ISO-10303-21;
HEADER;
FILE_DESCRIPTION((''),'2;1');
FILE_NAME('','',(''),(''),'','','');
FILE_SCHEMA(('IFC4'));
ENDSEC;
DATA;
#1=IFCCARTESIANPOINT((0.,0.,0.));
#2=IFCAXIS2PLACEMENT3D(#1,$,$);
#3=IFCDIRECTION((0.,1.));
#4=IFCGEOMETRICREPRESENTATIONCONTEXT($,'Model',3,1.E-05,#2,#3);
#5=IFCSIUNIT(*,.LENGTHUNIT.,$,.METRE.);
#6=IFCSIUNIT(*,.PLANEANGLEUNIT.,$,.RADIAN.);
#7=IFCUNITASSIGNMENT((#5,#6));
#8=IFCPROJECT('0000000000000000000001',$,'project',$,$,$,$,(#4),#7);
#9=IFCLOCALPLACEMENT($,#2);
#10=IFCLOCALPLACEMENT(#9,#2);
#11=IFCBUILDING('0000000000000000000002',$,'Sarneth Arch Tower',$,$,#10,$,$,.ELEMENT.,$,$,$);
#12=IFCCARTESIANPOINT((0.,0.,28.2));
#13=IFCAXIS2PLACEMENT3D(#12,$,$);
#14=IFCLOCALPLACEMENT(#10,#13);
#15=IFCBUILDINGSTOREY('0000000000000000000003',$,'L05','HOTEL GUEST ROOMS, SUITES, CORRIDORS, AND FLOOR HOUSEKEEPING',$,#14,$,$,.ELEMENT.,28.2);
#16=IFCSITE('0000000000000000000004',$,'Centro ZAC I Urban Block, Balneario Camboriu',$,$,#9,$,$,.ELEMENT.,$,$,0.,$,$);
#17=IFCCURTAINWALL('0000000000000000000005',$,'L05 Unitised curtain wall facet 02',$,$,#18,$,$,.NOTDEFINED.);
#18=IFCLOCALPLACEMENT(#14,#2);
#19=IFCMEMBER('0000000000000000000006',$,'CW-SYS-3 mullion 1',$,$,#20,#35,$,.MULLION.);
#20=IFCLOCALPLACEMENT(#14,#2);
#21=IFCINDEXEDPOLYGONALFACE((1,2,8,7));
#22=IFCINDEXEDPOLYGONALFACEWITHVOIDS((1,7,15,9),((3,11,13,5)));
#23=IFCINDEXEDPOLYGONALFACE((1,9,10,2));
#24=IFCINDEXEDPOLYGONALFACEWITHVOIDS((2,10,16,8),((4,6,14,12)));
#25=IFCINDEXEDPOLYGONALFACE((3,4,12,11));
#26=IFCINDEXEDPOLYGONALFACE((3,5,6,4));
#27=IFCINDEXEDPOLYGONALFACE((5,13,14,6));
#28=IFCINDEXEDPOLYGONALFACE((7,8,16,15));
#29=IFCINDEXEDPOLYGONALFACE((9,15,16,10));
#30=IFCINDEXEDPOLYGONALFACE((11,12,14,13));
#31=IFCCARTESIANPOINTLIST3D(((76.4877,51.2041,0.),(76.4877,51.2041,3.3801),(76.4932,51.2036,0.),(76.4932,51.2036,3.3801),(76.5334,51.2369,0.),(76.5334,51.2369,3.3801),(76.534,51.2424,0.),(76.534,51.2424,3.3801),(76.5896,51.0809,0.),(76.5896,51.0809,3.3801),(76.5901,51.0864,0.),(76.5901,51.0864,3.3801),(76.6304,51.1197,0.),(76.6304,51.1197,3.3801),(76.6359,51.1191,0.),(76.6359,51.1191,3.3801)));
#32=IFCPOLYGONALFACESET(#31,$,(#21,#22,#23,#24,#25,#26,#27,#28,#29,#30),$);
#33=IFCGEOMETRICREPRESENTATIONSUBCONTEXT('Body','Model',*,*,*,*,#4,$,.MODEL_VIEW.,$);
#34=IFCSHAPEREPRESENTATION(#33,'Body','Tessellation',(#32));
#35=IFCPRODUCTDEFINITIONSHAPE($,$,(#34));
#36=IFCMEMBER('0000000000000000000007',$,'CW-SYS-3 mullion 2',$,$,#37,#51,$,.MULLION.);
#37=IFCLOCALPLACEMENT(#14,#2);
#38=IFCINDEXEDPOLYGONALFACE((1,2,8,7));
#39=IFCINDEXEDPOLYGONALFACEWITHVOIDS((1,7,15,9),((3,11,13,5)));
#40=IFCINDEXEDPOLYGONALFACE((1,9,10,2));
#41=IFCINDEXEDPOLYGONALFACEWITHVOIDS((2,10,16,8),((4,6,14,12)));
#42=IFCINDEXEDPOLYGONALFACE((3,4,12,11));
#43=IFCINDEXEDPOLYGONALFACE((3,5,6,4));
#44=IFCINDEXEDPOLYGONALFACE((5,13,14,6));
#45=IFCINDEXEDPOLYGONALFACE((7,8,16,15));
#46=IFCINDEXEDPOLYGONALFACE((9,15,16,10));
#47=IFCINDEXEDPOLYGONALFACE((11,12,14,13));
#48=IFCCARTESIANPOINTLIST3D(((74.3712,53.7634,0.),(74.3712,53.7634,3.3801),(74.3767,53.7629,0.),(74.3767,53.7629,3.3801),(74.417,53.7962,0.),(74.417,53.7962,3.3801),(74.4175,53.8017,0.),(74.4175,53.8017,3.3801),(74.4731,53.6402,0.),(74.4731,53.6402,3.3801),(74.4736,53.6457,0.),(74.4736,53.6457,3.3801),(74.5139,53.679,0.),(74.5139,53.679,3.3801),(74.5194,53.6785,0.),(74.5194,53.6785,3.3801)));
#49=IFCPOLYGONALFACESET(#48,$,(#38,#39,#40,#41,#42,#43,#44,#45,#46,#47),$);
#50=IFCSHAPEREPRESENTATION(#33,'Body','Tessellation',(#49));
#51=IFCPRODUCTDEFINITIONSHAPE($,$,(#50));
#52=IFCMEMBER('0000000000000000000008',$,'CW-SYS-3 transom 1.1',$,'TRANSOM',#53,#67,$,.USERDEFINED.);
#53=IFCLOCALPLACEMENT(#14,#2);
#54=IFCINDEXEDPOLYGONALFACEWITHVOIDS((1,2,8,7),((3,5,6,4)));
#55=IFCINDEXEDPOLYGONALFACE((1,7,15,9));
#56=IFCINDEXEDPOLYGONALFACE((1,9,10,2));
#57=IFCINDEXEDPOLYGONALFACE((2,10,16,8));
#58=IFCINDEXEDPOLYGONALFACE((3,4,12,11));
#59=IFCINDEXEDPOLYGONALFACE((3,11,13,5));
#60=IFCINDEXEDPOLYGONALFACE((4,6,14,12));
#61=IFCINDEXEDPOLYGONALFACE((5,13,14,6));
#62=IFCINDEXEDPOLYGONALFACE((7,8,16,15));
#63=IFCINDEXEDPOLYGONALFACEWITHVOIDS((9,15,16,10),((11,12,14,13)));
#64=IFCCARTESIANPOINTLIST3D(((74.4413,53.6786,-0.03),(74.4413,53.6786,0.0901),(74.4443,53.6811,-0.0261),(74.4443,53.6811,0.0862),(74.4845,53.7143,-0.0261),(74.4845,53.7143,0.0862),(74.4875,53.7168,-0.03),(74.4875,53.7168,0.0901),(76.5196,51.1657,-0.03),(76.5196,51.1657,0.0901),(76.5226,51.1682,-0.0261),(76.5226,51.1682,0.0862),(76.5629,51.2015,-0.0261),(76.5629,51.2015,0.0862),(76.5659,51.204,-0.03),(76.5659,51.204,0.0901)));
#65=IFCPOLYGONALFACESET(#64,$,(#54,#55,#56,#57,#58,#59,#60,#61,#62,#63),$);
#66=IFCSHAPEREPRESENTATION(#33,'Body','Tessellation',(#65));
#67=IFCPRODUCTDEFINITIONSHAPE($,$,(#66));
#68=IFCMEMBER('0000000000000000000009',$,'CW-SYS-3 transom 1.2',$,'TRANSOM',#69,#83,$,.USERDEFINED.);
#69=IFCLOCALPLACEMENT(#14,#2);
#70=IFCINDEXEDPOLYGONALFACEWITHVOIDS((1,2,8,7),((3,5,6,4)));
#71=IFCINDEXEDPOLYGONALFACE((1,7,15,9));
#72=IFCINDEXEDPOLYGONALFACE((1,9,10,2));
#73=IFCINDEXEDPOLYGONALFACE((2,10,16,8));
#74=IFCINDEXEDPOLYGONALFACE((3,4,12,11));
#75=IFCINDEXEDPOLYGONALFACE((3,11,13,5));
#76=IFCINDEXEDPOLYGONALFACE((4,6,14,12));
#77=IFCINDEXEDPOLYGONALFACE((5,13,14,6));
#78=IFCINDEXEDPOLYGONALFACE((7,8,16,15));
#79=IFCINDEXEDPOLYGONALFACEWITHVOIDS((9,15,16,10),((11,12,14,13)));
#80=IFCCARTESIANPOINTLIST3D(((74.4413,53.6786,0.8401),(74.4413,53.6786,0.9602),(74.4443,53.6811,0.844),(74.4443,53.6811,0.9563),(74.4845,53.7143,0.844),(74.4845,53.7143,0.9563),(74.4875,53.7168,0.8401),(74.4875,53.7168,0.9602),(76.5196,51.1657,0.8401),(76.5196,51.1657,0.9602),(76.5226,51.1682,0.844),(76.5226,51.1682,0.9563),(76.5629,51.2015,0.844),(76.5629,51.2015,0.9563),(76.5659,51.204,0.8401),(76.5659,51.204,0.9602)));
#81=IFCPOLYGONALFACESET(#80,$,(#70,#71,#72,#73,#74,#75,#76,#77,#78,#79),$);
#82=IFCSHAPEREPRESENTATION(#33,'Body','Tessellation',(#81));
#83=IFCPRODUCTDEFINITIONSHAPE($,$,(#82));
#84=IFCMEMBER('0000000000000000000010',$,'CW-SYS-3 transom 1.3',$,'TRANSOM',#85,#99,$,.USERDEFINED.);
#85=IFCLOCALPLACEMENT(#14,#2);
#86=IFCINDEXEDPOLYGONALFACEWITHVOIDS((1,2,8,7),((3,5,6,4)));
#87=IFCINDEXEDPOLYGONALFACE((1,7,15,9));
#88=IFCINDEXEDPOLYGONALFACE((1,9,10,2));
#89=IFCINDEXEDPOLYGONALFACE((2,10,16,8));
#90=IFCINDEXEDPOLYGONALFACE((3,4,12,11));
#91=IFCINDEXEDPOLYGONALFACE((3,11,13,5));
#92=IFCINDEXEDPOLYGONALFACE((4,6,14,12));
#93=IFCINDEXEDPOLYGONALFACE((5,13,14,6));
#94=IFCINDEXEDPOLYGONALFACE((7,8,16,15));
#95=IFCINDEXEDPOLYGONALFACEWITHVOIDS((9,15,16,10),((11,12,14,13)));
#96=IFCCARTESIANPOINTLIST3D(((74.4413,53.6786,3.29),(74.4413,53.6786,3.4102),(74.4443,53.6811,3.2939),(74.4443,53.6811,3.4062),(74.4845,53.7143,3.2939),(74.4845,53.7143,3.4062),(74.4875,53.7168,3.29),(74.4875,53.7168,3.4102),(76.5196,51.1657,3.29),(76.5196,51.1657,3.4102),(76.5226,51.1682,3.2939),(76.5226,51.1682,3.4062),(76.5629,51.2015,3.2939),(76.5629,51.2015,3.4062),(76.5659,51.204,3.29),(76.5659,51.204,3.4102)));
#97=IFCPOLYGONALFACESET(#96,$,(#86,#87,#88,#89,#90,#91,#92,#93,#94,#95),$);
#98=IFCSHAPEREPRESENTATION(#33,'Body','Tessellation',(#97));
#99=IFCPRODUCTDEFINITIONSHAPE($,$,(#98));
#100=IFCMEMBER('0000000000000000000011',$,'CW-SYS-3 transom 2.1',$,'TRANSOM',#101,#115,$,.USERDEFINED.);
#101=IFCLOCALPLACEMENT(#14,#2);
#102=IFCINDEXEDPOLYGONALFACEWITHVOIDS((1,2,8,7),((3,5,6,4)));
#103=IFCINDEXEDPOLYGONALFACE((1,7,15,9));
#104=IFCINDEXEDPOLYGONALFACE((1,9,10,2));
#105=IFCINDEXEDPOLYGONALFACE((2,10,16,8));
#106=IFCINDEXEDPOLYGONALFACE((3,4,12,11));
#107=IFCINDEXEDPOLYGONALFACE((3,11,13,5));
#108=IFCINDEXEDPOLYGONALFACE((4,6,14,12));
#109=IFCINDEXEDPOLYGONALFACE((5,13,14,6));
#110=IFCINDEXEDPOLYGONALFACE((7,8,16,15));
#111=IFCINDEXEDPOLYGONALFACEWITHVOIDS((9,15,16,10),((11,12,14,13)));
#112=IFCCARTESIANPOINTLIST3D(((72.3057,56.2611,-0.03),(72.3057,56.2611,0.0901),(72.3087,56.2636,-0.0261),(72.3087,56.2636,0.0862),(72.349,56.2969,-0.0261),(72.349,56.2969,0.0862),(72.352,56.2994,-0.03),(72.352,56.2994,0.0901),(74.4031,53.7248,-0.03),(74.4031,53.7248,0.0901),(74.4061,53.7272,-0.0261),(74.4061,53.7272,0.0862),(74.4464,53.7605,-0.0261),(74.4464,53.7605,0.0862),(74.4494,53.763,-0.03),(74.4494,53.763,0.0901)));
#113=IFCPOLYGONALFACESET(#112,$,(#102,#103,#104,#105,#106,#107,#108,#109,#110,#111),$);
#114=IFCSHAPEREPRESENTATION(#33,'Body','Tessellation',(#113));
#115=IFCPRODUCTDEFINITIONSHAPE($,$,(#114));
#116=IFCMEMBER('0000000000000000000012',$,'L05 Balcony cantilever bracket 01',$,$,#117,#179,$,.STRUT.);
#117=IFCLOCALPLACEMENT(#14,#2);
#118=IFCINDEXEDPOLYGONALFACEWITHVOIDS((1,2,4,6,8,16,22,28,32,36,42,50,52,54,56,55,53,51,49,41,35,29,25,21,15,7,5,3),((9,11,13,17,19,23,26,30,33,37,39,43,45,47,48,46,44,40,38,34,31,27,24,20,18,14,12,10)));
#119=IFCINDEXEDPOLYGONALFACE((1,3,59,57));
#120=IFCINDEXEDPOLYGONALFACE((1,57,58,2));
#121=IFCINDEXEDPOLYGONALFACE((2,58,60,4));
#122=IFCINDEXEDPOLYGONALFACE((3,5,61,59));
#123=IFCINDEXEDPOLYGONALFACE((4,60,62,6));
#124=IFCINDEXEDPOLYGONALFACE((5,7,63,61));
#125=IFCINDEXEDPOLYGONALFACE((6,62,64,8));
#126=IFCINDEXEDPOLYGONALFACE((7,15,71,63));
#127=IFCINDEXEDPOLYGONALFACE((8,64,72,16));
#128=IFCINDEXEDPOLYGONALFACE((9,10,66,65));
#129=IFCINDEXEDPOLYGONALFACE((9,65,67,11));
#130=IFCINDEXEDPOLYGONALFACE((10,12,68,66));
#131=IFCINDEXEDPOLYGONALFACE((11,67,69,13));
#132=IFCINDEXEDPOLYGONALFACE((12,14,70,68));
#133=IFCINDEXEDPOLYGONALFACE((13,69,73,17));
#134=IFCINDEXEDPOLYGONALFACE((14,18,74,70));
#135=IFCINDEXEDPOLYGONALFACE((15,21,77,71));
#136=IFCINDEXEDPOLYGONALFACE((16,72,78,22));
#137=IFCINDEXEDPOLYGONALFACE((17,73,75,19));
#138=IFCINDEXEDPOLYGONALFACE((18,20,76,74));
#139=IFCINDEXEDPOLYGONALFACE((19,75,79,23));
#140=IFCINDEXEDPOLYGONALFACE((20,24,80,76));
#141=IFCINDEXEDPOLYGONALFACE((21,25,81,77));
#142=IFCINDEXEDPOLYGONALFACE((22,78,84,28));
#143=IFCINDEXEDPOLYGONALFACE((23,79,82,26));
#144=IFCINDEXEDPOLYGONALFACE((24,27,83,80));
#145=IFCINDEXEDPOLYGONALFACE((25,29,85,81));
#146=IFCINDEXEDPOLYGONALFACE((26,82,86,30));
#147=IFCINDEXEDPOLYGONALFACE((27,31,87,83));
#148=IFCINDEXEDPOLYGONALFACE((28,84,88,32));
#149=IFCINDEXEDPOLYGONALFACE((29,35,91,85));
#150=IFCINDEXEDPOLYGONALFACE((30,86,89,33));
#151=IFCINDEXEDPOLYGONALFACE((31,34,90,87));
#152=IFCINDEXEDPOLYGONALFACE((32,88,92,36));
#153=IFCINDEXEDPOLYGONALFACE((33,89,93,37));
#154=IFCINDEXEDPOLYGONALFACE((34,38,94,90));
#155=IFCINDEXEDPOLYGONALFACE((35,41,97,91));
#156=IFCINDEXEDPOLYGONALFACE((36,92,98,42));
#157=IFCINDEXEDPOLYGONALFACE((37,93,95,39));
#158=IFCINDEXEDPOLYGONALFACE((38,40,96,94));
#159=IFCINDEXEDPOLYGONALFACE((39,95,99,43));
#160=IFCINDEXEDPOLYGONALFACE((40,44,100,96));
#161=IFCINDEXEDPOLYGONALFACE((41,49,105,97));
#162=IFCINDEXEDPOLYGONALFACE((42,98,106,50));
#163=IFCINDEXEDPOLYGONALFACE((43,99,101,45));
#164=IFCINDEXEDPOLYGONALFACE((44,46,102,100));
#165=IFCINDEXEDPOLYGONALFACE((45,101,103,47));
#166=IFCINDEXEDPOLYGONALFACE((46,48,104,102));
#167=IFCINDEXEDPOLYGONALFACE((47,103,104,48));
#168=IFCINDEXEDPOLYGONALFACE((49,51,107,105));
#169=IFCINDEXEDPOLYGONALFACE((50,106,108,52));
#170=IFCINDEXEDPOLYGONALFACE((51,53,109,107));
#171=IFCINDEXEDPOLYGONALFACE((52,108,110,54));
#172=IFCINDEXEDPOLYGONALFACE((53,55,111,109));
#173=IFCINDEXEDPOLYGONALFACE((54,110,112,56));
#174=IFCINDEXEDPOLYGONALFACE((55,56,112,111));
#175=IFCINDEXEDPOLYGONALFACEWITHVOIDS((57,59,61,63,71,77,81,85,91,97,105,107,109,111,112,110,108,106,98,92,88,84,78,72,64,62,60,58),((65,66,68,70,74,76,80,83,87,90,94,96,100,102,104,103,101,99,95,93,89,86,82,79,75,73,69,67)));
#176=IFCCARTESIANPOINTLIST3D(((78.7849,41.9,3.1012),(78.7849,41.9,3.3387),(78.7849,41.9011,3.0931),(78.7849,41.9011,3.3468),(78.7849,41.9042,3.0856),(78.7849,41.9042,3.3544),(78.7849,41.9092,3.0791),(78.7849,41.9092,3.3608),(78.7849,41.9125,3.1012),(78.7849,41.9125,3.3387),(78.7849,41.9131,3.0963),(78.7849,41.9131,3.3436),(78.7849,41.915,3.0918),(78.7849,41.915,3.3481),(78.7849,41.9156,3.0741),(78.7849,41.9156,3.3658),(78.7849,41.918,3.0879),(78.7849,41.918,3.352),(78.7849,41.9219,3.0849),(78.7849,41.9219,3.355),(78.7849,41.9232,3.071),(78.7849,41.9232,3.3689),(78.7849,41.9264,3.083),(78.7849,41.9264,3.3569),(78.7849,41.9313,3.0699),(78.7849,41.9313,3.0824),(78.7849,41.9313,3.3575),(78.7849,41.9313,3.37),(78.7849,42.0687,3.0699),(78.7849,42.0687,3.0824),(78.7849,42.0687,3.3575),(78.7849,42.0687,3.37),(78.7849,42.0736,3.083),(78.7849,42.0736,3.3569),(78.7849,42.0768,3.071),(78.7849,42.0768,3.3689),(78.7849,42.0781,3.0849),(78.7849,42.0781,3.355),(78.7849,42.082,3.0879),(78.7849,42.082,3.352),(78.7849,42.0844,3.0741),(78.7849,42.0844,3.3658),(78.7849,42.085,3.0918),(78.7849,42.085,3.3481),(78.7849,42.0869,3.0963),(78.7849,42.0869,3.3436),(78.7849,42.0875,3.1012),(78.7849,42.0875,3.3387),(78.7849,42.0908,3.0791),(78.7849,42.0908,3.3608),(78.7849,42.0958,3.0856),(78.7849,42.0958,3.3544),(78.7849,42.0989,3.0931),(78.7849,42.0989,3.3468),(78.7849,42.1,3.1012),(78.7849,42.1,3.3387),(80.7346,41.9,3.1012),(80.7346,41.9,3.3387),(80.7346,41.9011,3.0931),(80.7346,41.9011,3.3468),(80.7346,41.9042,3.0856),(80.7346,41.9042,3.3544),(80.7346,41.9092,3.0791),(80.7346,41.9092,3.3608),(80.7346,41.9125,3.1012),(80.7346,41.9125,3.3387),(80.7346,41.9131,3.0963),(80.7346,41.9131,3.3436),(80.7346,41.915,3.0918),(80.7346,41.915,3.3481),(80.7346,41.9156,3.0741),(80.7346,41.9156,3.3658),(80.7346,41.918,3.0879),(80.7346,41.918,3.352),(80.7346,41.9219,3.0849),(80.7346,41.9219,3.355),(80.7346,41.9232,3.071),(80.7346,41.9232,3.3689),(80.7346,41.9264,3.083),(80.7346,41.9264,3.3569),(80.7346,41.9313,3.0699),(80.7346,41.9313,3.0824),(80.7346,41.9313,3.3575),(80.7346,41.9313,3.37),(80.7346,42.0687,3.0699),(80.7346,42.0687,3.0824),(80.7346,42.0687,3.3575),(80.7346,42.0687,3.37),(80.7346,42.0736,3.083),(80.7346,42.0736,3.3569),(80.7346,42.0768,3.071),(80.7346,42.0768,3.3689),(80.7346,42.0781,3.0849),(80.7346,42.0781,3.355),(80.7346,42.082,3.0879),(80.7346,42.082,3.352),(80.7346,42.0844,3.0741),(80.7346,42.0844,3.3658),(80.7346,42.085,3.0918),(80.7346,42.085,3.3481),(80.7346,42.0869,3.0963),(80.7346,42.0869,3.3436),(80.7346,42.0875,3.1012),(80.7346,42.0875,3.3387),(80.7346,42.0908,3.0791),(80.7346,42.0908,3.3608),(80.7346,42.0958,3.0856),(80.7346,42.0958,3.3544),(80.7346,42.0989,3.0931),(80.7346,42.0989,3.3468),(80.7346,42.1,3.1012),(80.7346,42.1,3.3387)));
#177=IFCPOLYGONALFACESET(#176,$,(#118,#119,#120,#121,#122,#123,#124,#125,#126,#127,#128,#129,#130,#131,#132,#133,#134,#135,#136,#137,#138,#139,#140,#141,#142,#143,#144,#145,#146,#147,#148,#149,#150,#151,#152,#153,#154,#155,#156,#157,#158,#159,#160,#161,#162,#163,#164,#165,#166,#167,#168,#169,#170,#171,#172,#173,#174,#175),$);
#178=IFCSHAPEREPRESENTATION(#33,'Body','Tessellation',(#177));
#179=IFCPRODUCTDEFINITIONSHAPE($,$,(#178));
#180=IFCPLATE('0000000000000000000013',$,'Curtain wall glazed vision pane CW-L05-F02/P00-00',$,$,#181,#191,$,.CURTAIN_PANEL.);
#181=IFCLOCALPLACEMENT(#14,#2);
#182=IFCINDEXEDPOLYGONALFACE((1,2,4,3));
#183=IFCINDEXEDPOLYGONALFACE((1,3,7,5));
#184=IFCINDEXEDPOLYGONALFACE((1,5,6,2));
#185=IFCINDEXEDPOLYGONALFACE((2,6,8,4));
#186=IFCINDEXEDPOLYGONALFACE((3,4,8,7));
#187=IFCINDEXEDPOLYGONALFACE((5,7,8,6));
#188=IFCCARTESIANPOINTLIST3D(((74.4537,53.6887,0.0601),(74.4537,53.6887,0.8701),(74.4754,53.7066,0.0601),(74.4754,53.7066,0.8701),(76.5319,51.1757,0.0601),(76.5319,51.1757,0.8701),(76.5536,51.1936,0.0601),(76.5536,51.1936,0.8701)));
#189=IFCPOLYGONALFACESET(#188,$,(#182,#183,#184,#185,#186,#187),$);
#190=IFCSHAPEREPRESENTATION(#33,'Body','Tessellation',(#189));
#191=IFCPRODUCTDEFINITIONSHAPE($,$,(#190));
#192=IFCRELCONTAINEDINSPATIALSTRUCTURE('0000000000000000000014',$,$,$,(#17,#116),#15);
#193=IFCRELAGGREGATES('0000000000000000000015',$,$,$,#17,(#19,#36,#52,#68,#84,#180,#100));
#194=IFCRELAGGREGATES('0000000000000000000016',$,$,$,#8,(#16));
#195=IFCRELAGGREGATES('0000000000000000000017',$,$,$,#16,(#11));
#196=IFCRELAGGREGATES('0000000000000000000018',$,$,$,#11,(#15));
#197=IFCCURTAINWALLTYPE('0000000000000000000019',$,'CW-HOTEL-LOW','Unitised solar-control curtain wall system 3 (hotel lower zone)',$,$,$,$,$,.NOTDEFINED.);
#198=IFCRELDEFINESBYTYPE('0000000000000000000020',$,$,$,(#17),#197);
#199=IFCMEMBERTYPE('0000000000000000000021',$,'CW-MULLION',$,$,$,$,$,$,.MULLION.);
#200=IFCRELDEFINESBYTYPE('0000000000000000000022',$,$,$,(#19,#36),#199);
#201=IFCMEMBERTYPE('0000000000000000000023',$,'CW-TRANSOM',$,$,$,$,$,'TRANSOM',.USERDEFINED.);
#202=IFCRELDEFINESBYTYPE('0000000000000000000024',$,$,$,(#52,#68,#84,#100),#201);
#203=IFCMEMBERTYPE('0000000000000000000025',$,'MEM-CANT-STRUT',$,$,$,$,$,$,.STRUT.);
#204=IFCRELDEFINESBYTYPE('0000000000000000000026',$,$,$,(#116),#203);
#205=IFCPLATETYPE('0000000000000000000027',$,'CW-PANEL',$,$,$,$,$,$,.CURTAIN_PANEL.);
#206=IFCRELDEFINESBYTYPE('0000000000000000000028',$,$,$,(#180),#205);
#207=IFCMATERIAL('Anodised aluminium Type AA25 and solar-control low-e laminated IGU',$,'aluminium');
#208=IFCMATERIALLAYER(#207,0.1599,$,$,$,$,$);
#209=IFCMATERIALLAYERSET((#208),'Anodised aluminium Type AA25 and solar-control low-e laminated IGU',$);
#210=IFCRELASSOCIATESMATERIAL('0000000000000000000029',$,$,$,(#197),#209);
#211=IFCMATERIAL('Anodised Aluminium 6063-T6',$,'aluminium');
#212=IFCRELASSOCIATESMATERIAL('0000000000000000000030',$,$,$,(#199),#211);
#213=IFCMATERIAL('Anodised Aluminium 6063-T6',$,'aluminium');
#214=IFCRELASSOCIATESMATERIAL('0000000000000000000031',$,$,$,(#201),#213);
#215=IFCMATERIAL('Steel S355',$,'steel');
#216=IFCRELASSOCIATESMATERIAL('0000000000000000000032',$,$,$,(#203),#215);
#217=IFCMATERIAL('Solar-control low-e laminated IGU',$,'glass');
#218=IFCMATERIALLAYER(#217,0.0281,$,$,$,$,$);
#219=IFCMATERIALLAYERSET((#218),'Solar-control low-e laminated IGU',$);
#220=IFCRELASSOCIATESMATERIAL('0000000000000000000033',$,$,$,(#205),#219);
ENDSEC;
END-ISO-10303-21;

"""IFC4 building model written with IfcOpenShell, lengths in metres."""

from ifc_helpers import new_model, si_unit, direction, frame, origin, origin_2d, place, context, subcontext, project, spatial, rectangle, hollow_rectangle, extrude, material, layer, layer_set, material_profile, profile_set, type_object, element, aggregate, save


model = new_model("IFC4")

# Units and contexts
model_context = context("Model", 3, precision=1e-05, world=origin(), true_north=direction((0.0, 1.0)))
body_context = subcontext(model_context, "Body", "Model", "MODEL_VIEW")
ifc_project = project(units=[si_unit("LENGTHUNIT", "METRE"), si_unit("PLANEANGLEUNIT", "RADIAN")], contexts=[model_context])

# Site, building, storey
site_placement = place(None, origin())
site = spatial("IfcSite", under=ifc_project, at=site_placement, Name="Centro ZAC I Urban Block, Balneario Camboriu", CompositionType="ELEMENT", RefElevation=0.0)
building_placement = place(site_placement, origin())
building = spatial("IfcBuilding", under=site, at=building_placement, Name="Sarneth Arch Tower", CompositionType="ELEMENT")
storey_placement = place(building_placement, frame((0.0, 0.0, 28.2)))
storey = spatial("IfcBuildingStorey", under=building, at=storey_placement, Name="L05", Description="HOTEL GUEST ROOMS, SUITES, CORRIDORS, AND FLOOR HOUSEKEEPING", CompositionType="ELEMENT", Elevation=28.2)

# Curtain wall, members
ifc_material_1 = material(Name="Anodised aluminium Type AA25 and solar-control low-e laminated IGU", Category="aluminium")
ifc_layer_1 = layer(ifc_material_1, 0.1599)
ifc_layer_set_1 = layer_set([ifc_layer_1], Name="Anodised aluminium Type AA25 and solar-control low-e laminated IGU")
curtain_wall_type = type_object("IfcCurtainWallType", Name="CW-HOTEL-LOW", Description="Unitised solar-control curtain wall system 3 (hotel lower zone)", PredefinedType="NOTDEFINED", material=ifc_layer_set_1)
curtain_wall_placement = place(storey_placement, origin())
curtain_wall = element("IfcCurtainWall", 1, at=curtain_wall_placement, inside=storey, type_object=curtain_wall_type, Name="L05 Unitised curtain wall facet 02", PredefinedType="NOTDEFINED")
ifc_material_2 = material(Name="Anodised Aluminium 6063-T6", Category="aluminium")
ifc_material_profile_1 = material_profile(ifc_material_2, hollow_rectangle(XDim=0.0601, YDim=0.1599, WallThickness=0.0039, at=origin_2d()), Name="AL-MULL-160x60x4")
ifc_profile_set_1 = profile_set([ifc_material_profile_1], Name="Anodised Aluminium 6063-T6")
member_type_1 = type_object("IfcMemberType", Name="CW-MULLION", PredefinedType="MULLION", material=ifc_profile_set_1)
member_1_placement = place(storey_placement, frame((76.5618, 51.1616, 0.0), z_axis=(0.0, 0.0, 1.0), x_axis=(-0.770623, -0.637291, 0.0)))
member_1 = element("IfcMember", 2, at=member_1_placement, type_object=member_type_1, Name="CW-SYS-3 mullion 1", PredefinedType="MULLION", context=body_context, shape_type="SweptSolid", body=[
    extrude(hollow_rectangle(XDim=0.0601, YDim=0.1599, WallThickness=0.0039, at=origin_2d()), origin(), (0.0, 0.0, 1.0), 3.3801),
])
member_2_placement = place(storey_placement, frame((74.4453, 53.7209, 0.0), z_axis=(0.0, 0.0, 1.0), x_axis=(-0.770623, -0.637291, 0.0)))
member_2 = element("IfcMember", 3, at=member_2_placement, type_object=member_type_1, Name="CW-SYS-3 mullion 2", PredefinedType="MULLION", context=body_context, shape_type="SweptSolid", body=[
    extrude(hollow_rectangle(XDim=0.0601, YDim=0.1599, WallThickness=0.0039, at=origin_2d()), origin(), (0.0, 0.0, 1.0), 3.3801),
])
ifc_material_3 = material(Name="Anodised Aluminium 6063-T6", Category="aluminium")
ifc_material_profile_2 = material_profile(ifc_material_3, hollow_rectangle(XDim=0.0601, YDim=0.1201, WallThickness=0.0039, at=origin_2d()), Name="AL-TRAN-120x60x4")
ifc_profile_set_2 = profile_set([ifc_material_profile_2], Name="Anodised Aluminium 6063-T6")
member_type_2 = type_object("IfcMemberType", Name="CW-TRANSOM", ElementType="TRANSOM", PredefinedType="USERDEFINED", material=ifc_profile_set_2)
member_3_placement = place(storey_placement, frame((76.5427, 51.1848, 0.03), z_axis=(-0.63733, 0.770591, 0.0), x_axis=(-0.770591, -0.63733, 0.0)))
member_3 = element("IfcMember", 4, at=member_3_placement, type_object=member_type_2, Name="CW-SYS-3 transom 1.1", ObjectType="TRANSOM", PredefinedType="USERDEFINED", context=body_context, shape_type="SweptSolid", body=[
    extrude(hollow_rectangle(XDim=0.0601, YDim=0.1201, WallThickness=0.0039, at=origin_2d()), origin(), (0.0, 0.0, 1.0), 3.261),
])
member_4_placement = place(storey_placement, frame((76.5427, 51.1848, 0.9001), z_axis=(-0.63733, 0.770591, 0.0), x_axis=(-0.770591, -0.63733, 0.0)))
member_4 = element("IfcMember", 5, at=member_4_placement, type_object=member_type_2, Name="CW-SYS-3 transom 1.2", ObjectType="TRANSOM", PredefinedType="USERDEFINED", context=body_context, shape_type="SweptSolid", body=[
    extrude(hollow_rectangle(XDim=0.0601, YDim=0.1201, WallThickness=0.0039, at=origin_2d()), origin(), (0.0, 0.0, 1.0), 3.261),
])
member_5_placement = place(storey_placement, frame((76.5427, 51.1848, 3.3501), z_axis=(-0.63733, 0.770591, 0.0), x_axis=(-0.770591, -0.63733, 0.0)))
member_5 = element("IfcMember", 6, at=member_5_placement, type_object=member_type_2, Name="CW-SYS-3 transom 1.3", ObjectType="TRANSOM", PredefinedType="USERDEFINED", context=body_context, shape_type="SweptSolid", body=[
    extrude(hollow_rectangle(XDim=0.0601, YDim=0.1201, WallThickness=0.0039, at=origin_2d()), origin(), (0.0, 0.0, 1.0), 3.261),
])
member_6_placement = place(storey_placement, frame((74.4263, 53.7439, 0.03), z_axis=(-0.637269, 0.770642, 0.0), x_axis=(-0.770642, -0.637269, 0.0)))
member_6 = element("IfcMember", 7, at=member_6_placement, type_object=member_type_2, Name="CW-SYS-3 transom 2.1", ObjectType="TRANSOM", PredefinedType="USERDEFINED", context=body_context, shape_type="SweptSolid", body=[
    extrude(hollow_rectangle(XDim=0.0601, YDim=0.1201, WallThickness=0.0039, at=origin_2d()), origin(), (0.0, 0.0, 1.0), 3.2913),
])

# Member
ifc_material_4 = material(Name="Steel S355", Category="steel")
ifc_material_profile_3 = material_profile(ifc_material_4, hollow_rectangle(XDim=0.2, YDim=0.3, WallThickness=0.0125, InnerFilletRadius=0.0188, OuterFilletRadius=0.0312, at=origin_2d()), Name="RHS300x200x12.5")
ifc_profile_set_3 = profile_set([ifc_material_profile_3], Name="Steel S355")
member_type_3 = type_object("IfcMemberType", Name="MEM-CANT-STRUT", PredefinedType="STRUT", material=ifc_profile_set_3)
member_7_placement = place(storey_placement, frame((78.7849, 42.0, 3.22), z_axis=(1.0, 0.0, 0.0), x_axis=(0.0, 1.0, 0.0)))
element("IfcMember", 8, at=member_7_placement, inside=storey, type_object=member_type_3, Name="L05 Balcony cantilever bracket 01", PredefinedType="STRUT", context=body_context, shape_type="SweptSolid", body=[
    extrude(hollow_rectangle(XDim=0.2, YDim=0.3, WallThickness=0.0125, InnerFilletRadius=0.0188, OuterFilletRadius=0.0312, at=origin_2d()), origin(), (0.0, 0.0, 1.0), 1.9497),
])

# Plate
ifc_material_5 = material(Name="Solar-control low-e laminated IGU", Category="glass")
ifc_layer_2 = layer(ifc_material_5, 0.0281)
ifc_layer_set_2 = layer_set([ifc_layer_2], Name="Solar-control low-e laminated IGU")
plate_type_1 = type_object("IfcPlateType", Name="CW-PANEL", PredefinedType="CURTAIN_PANEL", material=ifc_layer_set_2)
plate_1_placement = place(storey_placement, frame((75.5037, 52.4412, 0.0601), z_axis=(0.0, 0.0, 1.0), x_axis=(-0.637291, 0.770623, 0.0)))
plate_1 = element("IfcPlate", 9, at=plate_1_placement, type_object=plate_type_1, Name="Curtain wall glazed vision pane CW-L05-F02/P00-00", PredefinedType="CURTAIN_PANEL", context=body_context, shape_type="SweptSolid", body=[
    extrude(rectangle(XDim=3.261, YDim=0.0281, at=origin_2d()), origin(), (0.0, 0.0, 1.0), 0.8101),
])
aggregate(curtain_wall, [member_1, member_2, member_3, member_4, member_5, plate_1, member_6])

save(model, "model.ifc")
